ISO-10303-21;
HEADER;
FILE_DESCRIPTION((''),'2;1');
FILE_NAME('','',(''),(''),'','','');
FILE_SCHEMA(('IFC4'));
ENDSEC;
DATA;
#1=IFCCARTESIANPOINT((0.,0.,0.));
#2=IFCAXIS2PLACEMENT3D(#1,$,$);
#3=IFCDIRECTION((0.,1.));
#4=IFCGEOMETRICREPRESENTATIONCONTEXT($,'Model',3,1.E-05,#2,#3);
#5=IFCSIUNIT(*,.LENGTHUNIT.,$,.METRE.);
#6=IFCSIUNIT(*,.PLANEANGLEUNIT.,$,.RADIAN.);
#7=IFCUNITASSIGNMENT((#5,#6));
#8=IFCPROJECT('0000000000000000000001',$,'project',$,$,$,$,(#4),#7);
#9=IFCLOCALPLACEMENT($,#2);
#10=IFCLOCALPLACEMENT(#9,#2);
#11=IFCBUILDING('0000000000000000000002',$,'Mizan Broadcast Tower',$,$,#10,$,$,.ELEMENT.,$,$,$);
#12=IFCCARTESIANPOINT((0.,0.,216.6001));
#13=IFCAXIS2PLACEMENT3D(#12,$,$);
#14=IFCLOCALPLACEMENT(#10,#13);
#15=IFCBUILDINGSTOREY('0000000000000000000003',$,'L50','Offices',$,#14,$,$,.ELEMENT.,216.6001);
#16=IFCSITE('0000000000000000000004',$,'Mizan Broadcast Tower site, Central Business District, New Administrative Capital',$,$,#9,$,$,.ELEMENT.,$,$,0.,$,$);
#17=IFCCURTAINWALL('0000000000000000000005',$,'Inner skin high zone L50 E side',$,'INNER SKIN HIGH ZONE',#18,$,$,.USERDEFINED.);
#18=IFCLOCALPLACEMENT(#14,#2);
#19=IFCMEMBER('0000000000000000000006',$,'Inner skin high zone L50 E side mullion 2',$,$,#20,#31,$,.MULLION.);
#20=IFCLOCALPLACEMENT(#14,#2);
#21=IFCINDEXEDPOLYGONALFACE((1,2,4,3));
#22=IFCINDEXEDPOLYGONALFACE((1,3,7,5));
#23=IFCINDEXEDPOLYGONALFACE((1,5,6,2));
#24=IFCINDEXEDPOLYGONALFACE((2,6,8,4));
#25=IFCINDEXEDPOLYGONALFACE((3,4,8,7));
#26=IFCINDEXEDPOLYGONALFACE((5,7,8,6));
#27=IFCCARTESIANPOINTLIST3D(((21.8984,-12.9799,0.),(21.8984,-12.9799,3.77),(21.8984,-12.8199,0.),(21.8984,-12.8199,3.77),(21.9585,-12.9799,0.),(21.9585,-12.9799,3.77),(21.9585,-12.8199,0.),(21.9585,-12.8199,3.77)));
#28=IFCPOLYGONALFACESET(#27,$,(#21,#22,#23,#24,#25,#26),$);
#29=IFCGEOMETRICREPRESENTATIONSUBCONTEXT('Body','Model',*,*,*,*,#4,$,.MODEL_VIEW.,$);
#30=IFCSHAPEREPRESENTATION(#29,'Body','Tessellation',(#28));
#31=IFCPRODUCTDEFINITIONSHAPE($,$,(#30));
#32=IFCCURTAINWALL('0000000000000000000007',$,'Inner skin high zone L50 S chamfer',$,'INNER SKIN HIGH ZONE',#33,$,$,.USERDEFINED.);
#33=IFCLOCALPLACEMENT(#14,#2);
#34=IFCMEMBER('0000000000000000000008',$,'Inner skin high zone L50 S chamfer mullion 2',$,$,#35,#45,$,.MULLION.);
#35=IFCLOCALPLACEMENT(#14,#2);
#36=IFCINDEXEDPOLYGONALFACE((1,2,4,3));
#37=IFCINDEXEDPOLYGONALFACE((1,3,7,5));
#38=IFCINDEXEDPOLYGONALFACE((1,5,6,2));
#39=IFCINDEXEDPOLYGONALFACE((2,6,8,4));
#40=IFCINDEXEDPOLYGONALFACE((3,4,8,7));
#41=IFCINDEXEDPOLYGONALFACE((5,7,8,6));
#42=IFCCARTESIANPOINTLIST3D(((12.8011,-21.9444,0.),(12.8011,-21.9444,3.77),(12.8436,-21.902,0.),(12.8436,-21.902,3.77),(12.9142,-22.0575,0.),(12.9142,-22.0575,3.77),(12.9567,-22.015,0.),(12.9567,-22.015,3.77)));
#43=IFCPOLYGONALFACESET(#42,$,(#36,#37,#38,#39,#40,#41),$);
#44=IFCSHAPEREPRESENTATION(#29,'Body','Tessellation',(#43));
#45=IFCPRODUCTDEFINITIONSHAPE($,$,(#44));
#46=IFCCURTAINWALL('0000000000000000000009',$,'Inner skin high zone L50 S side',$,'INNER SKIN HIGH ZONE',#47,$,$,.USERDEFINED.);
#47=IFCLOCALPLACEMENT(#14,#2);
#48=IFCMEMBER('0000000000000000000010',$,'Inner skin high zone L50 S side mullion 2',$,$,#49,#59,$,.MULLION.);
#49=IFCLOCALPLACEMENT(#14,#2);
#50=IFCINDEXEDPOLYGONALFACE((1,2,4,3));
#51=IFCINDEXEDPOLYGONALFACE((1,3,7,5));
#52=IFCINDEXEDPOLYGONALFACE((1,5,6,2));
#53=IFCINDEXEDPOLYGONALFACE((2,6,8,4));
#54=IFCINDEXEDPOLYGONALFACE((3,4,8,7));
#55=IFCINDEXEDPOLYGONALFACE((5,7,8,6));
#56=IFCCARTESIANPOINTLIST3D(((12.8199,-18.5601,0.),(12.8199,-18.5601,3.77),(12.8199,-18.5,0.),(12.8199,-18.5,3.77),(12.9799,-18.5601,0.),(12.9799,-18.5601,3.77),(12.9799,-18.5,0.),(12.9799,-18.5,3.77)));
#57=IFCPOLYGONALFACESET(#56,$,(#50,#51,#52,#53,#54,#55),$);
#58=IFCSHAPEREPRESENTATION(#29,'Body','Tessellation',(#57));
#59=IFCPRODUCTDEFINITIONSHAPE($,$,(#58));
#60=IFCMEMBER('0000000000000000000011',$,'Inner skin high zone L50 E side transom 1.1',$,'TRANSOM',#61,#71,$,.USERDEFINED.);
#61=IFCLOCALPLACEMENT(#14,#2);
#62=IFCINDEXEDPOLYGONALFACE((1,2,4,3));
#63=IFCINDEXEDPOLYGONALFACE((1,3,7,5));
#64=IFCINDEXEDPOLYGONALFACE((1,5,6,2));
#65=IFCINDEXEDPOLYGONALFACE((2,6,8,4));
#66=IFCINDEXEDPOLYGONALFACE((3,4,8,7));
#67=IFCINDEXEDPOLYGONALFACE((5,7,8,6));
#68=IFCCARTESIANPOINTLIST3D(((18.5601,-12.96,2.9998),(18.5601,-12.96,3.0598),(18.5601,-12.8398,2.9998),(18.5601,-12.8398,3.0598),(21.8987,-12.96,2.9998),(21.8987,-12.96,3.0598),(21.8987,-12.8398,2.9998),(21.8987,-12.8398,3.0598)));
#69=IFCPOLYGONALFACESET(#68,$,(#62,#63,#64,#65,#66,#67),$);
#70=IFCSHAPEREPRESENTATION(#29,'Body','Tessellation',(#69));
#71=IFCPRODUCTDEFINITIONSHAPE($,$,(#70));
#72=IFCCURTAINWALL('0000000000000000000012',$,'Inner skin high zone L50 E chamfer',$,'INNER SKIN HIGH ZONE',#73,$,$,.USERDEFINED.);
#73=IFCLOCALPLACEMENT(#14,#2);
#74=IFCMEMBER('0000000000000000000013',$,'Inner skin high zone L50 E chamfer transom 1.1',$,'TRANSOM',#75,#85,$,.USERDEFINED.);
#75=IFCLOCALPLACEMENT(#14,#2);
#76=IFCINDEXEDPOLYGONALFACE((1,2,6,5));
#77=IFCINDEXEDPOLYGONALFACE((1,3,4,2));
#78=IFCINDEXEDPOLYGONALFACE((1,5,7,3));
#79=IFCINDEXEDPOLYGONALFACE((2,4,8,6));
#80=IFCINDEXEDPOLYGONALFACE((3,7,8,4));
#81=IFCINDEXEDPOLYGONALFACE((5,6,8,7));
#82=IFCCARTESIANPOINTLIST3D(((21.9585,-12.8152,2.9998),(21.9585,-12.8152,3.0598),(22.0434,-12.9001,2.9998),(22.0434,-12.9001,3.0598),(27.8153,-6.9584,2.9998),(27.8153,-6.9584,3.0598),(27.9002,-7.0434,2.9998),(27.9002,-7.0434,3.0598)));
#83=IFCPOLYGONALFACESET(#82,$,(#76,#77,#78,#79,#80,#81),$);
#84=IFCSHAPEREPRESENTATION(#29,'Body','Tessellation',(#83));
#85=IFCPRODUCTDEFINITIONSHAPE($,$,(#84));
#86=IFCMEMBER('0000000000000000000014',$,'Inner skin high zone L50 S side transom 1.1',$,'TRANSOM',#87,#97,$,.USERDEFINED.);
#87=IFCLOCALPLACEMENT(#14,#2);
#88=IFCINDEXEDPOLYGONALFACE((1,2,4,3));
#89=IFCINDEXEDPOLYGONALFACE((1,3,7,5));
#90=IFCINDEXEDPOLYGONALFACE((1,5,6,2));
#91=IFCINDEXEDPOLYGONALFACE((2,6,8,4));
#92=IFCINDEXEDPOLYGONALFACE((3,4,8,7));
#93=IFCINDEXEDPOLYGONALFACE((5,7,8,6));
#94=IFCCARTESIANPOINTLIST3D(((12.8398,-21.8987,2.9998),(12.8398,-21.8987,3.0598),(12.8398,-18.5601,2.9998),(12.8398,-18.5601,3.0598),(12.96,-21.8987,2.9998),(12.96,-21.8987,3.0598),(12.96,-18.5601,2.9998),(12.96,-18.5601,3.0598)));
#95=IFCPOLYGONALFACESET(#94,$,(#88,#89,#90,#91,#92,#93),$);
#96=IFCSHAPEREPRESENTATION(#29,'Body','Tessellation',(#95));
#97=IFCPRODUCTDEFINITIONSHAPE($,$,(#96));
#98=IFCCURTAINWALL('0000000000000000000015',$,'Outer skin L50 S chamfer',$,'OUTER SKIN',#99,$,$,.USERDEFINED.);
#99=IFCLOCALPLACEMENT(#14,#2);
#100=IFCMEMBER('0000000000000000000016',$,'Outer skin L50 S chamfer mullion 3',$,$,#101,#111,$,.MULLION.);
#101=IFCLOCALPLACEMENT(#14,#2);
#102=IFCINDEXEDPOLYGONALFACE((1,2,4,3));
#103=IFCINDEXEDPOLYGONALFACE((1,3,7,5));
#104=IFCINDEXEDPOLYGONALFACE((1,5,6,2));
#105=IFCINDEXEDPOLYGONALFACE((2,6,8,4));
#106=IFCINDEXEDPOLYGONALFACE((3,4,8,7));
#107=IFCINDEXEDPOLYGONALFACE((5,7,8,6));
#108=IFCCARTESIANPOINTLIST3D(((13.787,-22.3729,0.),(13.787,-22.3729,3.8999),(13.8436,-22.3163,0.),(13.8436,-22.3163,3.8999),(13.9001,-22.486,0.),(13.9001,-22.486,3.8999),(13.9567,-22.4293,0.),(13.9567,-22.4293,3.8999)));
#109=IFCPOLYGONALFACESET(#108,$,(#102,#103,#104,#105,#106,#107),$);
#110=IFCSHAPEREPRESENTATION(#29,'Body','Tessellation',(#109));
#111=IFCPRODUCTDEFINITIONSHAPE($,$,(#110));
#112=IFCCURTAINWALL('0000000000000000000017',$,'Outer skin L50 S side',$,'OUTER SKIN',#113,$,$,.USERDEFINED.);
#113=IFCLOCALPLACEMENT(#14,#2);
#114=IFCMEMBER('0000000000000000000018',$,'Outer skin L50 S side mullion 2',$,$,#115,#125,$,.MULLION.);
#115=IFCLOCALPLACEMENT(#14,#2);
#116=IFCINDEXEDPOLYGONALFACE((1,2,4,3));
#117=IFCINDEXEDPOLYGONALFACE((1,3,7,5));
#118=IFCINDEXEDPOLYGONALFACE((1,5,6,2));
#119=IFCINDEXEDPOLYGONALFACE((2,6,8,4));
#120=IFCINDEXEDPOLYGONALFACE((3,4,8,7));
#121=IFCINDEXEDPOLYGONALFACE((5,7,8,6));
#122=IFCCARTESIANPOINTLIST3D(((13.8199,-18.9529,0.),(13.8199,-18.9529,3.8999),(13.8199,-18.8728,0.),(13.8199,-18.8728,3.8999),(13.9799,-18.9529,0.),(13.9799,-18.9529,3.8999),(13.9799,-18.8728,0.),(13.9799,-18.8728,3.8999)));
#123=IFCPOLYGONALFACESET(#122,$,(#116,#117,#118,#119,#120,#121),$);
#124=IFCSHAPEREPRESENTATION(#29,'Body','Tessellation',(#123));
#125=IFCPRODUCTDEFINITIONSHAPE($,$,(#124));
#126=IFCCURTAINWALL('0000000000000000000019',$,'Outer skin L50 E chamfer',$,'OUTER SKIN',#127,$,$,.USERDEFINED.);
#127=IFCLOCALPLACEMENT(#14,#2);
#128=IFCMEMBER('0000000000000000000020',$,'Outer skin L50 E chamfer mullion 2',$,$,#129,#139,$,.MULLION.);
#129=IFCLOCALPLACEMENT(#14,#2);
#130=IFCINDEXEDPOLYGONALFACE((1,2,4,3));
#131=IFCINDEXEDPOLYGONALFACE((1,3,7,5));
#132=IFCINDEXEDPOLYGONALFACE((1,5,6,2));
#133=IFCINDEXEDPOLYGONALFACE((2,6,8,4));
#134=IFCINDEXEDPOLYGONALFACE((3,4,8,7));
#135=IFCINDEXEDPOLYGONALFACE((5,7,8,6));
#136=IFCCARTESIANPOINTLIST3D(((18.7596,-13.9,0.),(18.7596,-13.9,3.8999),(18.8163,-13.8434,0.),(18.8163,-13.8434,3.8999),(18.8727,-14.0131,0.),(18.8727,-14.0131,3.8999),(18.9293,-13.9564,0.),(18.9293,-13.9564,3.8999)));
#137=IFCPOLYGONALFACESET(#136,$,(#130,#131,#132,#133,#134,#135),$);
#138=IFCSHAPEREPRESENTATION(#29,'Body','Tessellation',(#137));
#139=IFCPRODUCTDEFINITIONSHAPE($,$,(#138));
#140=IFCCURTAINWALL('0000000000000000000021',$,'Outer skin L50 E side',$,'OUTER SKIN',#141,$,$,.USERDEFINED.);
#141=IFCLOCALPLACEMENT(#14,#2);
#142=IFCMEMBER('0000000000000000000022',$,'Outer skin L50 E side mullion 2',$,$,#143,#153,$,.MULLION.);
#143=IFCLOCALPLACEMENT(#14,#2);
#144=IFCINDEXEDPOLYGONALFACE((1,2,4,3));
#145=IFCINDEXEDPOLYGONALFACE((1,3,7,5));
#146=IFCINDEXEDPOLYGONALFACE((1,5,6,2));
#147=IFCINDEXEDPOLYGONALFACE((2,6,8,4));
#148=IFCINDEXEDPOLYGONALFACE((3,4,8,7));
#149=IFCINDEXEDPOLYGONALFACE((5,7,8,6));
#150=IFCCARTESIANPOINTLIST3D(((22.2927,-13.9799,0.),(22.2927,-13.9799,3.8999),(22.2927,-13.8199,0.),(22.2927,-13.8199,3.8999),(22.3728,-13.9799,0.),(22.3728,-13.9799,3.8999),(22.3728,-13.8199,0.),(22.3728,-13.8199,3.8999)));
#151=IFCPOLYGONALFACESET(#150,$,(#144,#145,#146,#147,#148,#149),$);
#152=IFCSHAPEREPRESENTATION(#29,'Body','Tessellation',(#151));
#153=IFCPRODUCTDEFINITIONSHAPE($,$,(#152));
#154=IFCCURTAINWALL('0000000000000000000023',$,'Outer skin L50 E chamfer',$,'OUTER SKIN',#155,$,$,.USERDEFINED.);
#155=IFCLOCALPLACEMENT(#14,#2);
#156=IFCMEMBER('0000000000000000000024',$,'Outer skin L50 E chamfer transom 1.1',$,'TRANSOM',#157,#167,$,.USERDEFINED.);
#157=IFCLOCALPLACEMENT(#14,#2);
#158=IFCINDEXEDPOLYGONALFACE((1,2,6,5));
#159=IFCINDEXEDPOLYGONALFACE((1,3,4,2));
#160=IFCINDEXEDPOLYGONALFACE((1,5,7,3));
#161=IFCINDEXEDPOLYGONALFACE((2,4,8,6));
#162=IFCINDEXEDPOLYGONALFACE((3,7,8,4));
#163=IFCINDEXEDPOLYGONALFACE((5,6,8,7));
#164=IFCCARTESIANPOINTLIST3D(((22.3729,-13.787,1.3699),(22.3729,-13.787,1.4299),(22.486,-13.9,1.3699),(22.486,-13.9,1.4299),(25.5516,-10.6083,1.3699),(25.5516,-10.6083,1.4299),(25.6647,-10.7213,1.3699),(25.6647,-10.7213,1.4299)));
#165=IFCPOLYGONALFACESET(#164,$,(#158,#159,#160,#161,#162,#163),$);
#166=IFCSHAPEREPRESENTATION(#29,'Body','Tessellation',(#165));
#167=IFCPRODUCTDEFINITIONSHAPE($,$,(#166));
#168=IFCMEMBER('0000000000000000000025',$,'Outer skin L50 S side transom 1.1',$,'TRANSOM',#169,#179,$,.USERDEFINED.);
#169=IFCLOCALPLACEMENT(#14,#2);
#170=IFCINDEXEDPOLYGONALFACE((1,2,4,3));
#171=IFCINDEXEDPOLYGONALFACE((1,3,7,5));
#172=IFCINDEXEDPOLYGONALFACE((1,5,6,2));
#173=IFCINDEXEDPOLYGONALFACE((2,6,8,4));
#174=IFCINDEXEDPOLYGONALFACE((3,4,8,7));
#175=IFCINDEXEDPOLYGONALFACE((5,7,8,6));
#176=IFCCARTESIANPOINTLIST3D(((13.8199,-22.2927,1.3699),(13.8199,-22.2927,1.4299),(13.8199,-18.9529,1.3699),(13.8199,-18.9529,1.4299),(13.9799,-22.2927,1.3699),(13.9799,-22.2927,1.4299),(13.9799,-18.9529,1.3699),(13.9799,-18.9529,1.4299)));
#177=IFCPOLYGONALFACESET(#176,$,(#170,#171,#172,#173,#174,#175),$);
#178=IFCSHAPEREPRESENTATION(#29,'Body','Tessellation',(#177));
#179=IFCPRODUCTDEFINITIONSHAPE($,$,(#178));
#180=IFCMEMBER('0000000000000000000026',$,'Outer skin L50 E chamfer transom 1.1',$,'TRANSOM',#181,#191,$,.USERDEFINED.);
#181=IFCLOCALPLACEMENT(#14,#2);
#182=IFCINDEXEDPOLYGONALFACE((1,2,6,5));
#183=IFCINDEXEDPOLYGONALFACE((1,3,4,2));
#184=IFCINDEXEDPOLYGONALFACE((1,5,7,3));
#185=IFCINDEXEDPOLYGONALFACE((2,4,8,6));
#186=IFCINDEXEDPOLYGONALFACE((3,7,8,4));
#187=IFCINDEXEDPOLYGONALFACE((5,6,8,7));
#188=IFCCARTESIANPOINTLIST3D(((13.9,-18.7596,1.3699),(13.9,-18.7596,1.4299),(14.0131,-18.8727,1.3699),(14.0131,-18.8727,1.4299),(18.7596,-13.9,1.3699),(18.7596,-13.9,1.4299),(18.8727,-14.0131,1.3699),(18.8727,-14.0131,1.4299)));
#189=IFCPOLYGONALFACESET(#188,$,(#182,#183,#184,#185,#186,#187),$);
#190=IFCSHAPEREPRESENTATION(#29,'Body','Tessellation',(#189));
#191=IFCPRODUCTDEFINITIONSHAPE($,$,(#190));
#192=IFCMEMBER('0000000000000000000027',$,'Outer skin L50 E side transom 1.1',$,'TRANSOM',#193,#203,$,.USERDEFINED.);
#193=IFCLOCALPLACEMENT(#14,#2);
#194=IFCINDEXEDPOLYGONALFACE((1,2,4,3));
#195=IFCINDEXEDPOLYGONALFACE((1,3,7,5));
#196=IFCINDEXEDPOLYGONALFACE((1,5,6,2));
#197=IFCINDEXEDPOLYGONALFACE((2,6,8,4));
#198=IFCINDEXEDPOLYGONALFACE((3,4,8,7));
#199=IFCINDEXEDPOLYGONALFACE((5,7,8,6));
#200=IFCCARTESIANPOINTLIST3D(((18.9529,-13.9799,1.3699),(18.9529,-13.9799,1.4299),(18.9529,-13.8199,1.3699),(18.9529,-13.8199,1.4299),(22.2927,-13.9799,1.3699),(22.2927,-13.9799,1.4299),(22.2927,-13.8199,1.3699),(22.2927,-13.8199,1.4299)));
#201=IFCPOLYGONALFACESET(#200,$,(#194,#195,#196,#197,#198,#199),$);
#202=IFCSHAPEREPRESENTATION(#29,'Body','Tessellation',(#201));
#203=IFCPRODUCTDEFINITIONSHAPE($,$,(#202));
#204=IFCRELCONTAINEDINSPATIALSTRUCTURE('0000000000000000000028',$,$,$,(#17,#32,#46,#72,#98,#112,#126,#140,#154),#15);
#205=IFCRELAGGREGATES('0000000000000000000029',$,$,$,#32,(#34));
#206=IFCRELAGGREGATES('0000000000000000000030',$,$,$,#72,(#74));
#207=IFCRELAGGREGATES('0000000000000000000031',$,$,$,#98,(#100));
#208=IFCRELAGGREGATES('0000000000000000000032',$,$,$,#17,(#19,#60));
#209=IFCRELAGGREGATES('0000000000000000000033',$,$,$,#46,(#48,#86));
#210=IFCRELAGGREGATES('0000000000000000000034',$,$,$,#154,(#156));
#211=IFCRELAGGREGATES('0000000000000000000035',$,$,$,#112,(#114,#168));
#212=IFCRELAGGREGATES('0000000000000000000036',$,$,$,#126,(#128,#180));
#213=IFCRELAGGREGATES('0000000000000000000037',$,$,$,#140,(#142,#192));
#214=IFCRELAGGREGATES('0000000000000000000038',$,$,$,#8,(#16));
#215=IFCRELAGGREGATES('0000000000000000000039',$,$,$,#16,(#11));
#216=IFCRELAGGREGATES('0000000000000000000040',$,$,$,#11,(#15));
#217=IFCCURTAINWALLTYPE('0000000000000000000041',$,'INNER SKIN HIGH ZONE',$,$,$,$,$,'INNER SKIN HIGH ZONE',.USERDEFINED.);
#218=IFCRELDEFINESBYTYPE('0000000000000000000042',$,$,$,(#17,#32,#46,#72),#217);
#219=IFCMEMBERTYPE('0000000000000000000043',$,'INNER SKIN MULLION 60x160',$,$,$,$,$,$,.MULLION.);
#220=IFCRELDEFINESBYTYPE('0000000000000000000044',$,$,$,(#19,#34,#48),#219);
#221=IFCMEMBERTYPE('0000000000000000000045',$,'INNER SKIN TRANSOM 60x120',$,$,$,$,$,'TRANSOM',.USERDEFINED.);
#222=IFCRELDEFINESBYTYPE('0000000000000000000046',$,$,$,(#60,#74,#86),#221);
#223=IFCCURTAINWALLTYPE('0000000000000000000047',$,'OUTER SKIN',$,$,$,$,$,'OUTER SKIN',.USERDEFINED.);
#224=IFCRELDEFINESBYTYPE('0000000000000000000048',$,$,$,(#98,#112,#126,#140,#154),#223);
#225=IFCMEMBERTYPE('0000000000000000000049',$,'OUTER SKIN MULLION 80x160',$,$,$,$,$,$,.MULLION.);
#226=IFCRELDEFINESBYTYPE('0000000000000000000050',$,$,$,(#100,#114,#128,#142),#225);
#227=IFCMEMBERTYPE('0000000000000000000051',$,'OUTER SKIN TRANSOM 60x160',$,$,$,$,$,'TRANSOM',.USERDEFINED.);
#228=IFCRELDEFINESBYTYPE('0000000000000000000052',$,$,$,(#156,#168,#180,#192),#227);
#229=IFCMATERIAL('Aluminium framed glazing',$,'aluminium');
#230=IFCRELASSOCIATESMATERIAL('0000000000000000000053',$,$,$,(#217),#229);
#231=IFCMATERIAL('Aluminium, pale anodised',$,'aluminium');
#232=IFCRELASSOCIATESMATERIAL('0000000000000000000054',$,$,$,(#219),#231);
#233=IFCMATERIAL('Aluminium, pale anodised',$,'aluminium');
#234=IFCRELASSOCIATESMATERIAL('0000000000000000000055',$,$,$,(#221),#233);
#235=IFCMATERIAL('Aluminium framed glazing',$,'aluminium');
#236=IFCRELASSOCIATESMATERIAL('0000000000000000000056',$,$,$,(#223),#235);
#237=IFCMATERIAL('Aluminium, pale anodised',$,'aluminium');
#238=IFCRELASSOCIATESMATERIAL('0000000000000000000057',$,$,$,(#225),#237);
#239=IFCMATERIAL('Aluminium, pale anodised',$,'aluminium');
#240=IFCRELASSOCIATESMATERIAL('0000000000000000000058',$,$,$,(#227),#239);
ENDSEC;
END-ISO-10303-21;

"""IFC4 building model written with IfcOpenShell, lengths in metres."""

from ifc_helpers import new_model, si_unit, direction, frame, origin, origin_2d, place, context, subcontext, project, spatial, rectangle, extrude, material, material_profile, profile_set, type_object, element, aggregate, save


model = new_model("IFC4")

# Units and contexts
model_context = context("Model", 3, precision=1e-05, world=origin(), true_north=direction((0.0, 1.0)))
body_context = subcontext(model_context, "Body", "Model", "MODEL_VIEW")
ifc_project = project(units=[si_unit("LENGTHUNIT", "METRE"), si_unit("PLANEANGLEUNIT", "RADIAN")], contexts=[model_context])

# Site, building, storey
site_placement = place(None, origin())
site = spatial("IfcSite", under=ifc_project, at=site_placement, Name="Mizan Broadcast Tower site, Central Business District, New Administrative Capital", CompositionType="ELEMENT", RefElevation=0.0)
building_placement = place(site_placement, origin())
building = spatial("IfcBuilding", under=site, at=building_placement, Name="Mizan Broadcast Tower", CompositionType="ELEMENT")
storey_placement = place(building_placement, frame((0.0, 0.0, 216.6001)))
storey = spatial("IfcBuildingStorey", under=building, at=storey_placement, Name="L50", Description="Offices", CompositionType="ELEMENT", Elevation=216.6001)

# Curtain walls, members
ifc_material_1 = material(Name="Aluminium framed glazing", Category="aluminium")
curtain_wall_type_1 = type_object("IfcCurtainWallType", Name="INNER SKIN HIGH ZONE", ElementType="INNER SKIN HIGH ZONE", PredefinedType="USERDEFINED", material=ifc_material_1)
curtain_wall_1_placement = place(storey_placement, origin())
curtain_wall_1 = element("IfcCurtainWall", 1, at=curtain_wall_1_placement, inside=storey, type_object=curtain_wall_type_1, Name="Inner skin high zone L50 E side", ObjectType="INNER SKIN HIGH ZONE", PredefinedType="USERDEFINED")
ifc_material_2 = material(Name="Aluminium, pale anodised", Category="aluminium")
ifc_material_profile_1 = material_profile(ifc_material_2, rectangle(XDim=0.1599, YDim=0.0601, at=origin_2d()), Name="MULLION 160x60")
ifc_profile_set_1 = profile_set([ifc_material_profile_1], Name="Aluminium, pale anodised")
member_type_1 = type_object("IfcMemberType", Name="INNER SKIN MULLION 60x160", PredefinedType="MULLION", material=ifc_profile_set_1)
member_1_placement = place(storey_placement, frame((21.9285, -12.8999, 0.0), z_axis=(0.0, 0.0, 1.0), x_axis=(0.0, 1.0, 0.0)))
member_1 = element("IfcMember", 2, at=member_1_placement, type_object=member_type_1, Name="Inner skin high zone L50 E side mullion 2", PredefinedType="MULLION", context=body_context, shape_type="SweptSolid", body=[
    extrude(rectangle(XDim=0.1599, YDim=0.0601, at=origin_2d()), origin(), (0.0, 0.0, 1.0), 3.77),
])
curtain_wall_2_placement = place(storey_placement, origin())
curtain_wall_2 = element("IfcCurtainWall", 3, at=curtain_wall_2_placement, inside=storey, type_object=curtain_wall_type_1, Name="Inner skin high zone L50 S chamfer", ObjectType="INNER SKIN HIGH ZONE", PredefinedType="USERDEFINED")
member_2_placement = place(storey_placement, frame((12.8789, -21.9797, 0.0), z_axis=(0.0, 0.0, 1.0), x_axis=(-0.707107, 0.707107, 0.0)))
member_2 = element("IfcMember", 4, at=member_2_placement, type_object=member_type_1, Name="Inner skin high zone L50 S chamfer mullion 2", PredefinedType="MULLION", context=body_context, shape_type="SweptSolid", body=[
    extrude(rectangle(XDim=0.1599, YDim=0.0601, at=origin_2d()), origin(), (0.0, 0.0, 1.0), 3.77),
])
aggregate(curtain_wall_2, [member_2])
curtain_wall_3_placement = place(storey_placement, origin())
curtain_wall_3 = element("IfcCurtainWall", 5, at=curtain_wall_3_placement, inside=storey, type_object=curtain_wall_type_1, Name="Inner skin high zone L50 S side", ObjectType="INNER SKIN HIGH ZONE", PredefinedType="USERDEFINED")
member_3_placement = place(storey_placement, frame((12.8999, -18.53, 0.0), z_axis=(0.0, 0.0, 1.0), x_axis=(-1.0, 0.0, 0.0)))
member_3 = element("IfcMember", 6, at=member_3_placement, type_object=member_type_1, Name="Inner skin high zone L50 S side mullion 2", PredefinedType="MULLION", context=body_context, shape_type="SweptSolid", body=[
    extrude(rectangle(XDim=0.1599, YDim=0.0601, at=origin_2d()), origin(), (0.0, 0.0, 1.0), 3.77),
])

# Member
ifc_material_3 = material(Name="Aluminium, pale anodised", Category="aluminium")
ifc_material_profile_2 = material_profile(ifc_material_3, rectangle(XDim=0.1201, YDim=0.0601, at=origin_2d()), Name="TRANSOM 120x60")
ifc_profile_set_2 = profile_set([ifc_material_profile_2], Name="Aluminium, pale anodised")
member_type_2 = type_object("IfcMemberType", Name="INNER SKIN TRANSOM 60x120", ElementType="TRANSOM", PredefinedType="USERDEFINED", material=ifc_profile_set_2)
member_4_placement = place(storey_placement, frame((18.5601, -12.8999, 3.0298), z_axis=(1.0, 0.0, 0.0), x_axis=(0.0, 1.0, 0.0)))
member_4 = element("IfcMember", 7, at=member_4_placement, type_object=member_type_2, Name="Inner skin high zone L50 E side transom 1.1", ObjectType="TRANSOM", PredefinedType="USERDEFINED", context=body_context, shape_type="SweptSolid", body=[
    extrude(rectangle(XDim=0.1201, YDim=0.0601, at=origin_2d()), origin(), (0.0, 0.0, 1.0), 3.3386),
])

# Curtain wall, member
curtain_wall_4_placement = place(storey_placement, origin())
curtain_wall_4 = element("IfcCurtainWall", 8, at=curtain_wall_4_placement, inside=storey, type_object=curtain_wall_type_1, Name="Inner skin high zone L50 E chamfer", ObjectType="INNER SKIN HIGH ZONE", PredefinedType="USERDEFINED")
member_5_placement = place(storey_placement, frame((22.001, -12.8577, 3.0298), z_axis=(0.707107, 0.707107, 0.0), x_axis=(-0.707107, 0.707107, 0.0)))
member_5 = element("IfcMember", 9, at=member_5_placement, type_object=member_type_2, Name="Inner skin high zone L50 E chamfer transom 1.1", ObjectType="TRANSOM", PredefinedType="USERDEFINED", context=body_context, shape_type="SweptSolid", body=[
    extrude(rectangle(XDim=0.1201, YDim=0.0601, at=origin_2d()), origin(), (0.0, 0.0, 1.0), 8.2827),
])
aggregate(curtain_wall_4, [member_5])

# Member
member_6_placement = place(storey_placement, frame((12.8999, -21.8987, 3.0298), z_axis=(0.0, 1.0, 0.0), x_axis=(-1.0, 0.0, 0.0)))
member_6 = element("IfcMember", 10, at=member_6_placement, type_object=member_type_2, Name="Inner skin high zone L50 S side transom 1.1", ObjectType="TRANSOM", PredefinedType="USERDEFINED", context=body_context, shape_type="SweptSolid", body=[
    extrude(rectangle(XDim=0.1201, YDim=0.0601, at=origin_2d()), origin(), (0.0, 0.0, 1.0), 3.3386),
])

# Curtain walls, members
ifc_material_4 = material(Name="Aluminium framed glazing", Category="aluminium")
curtain_wall_type_2 = type_object("IfcCurtainWallType", Name="OUTER SKIN", ElementType="OUTER SKIN", PredefinedType="USERDEFINED", material=ifc_material_4)
curtain_wall_5_placement = place(storey_placement, origin())
curtain_wall_5 = element("IfcCurtainWall", 11, at=curtain_wall_5_placement, inside=storey, type_object=curtain_wall_type_2, Name="Outer skin L50 S chamfer", ObjectType="OUTER SKIN", PredefinedType="USERDEFINED")
ifc_material_5 = material(Name="Aluminium, pale anodised", Category="aluminium")
ifc_material_profile_3 = material_profile(ifc_material_5, rectangle(XDim=0.1599, YDim=0.0801, at=origin_2d()), Name="MULLION 160x80")
ifc_profile_set_3 = profile_set([ifc_material_profile_3], Name="Aluminium, pale anodised")
member_type_3 = type_object("IfcMemberType", Name="OUTER SKIN MULLION 80x160", PredefinedType="MULLION", material=ifc_profile_set_3)
member_7_placement = place(storey_placement, frame((13.8718, -22.4011, 0.0), z_axis=(0.0, 0.0, 1.0), x_axis=(-0.707107, 0.707107, 0.0)))
member_7 = element("IfcMember", 12, at=member_7_placement, type_object=member_type_3, Name="Outer skin L50 S chamfer mullion 3", PredefinedType="MULLION", context=body_context, shape_type="SweptSolid", body=[
    extrude(rectangle(XDim=0.1599, YDim=0.0801, at=origin_2d()), origin(), (0.0, 0.0, 1.0), 3.8999),
])
aggregate(curtain_wall_5, [member_7])
curtain_wall_6_placement = place(storey_placement, origin())
curtain_wall_6 = element("IfcCurtainWall", 13, at=curtain_wall_6_placement, inside=storey, type_object=curtain_wall_type_2, Name="Outer skin L50 S side", ObjectType="OUTER SKIN", PredefinedType="USERDEFINED")
member_8_placement = place(storey_placement, frame((13.8999, -18.9128, 0.0), z_axis=(0.0, 0.0, 1.0), x_axis=(-1.0, 0.0, 0.0)))
member_8 = element("IfcMember", 14, at=member_8_placement, type_object=member_type_3, Name="Outer skin L50 S side mullion 2", PredefinedType="MULLION", context=body_context, shape_type="SweptSolid", body=[
    extrude(rectangle(XDim=0.1599, YDim=0.0801, at=origin_2d()), origin(), (0.0, 0.0, 1.0), 3.8999),
])
curtain_wall_7_placement = place(storey_placement, origin())
curtain_wall_7 = element("IfcCurtainWall", 15, at=curtain_wall_7_placement, inside=storey, type_object=curtain_wall_type_2, Name="Outer skin L50 E chamfer", ObjectType="OUTER SKIN", PredefinedType="USERDEFINED")
member_9_placement = place(storey_placement, frame((18.8445, -13.9282, 0.0), z_axis=(0.0, 0.0, 1.0), x_axis=(-0.707107, 0.707107, 0.0)))
member_9 = element("IfcMember", 16, at=member_9_placement, type_object=member_type_3, Name="Outer skin L50 E chamfer mullion 2", PredefinedType="MULLION", context=body_context, shape_type="SweptSolid", body=[
    extrude(rectangle(XDim=0.1599, YDim=0.0801, at=origin_2d()), origin(), (0.0, 0.0, 1.0), 3.8999),
])
curtain_wall_8_placement = place(storey_placement, origin())
curtain_wall_8 = element("IfcCurtainWall", 17, at=curtain_wall_8_placement, inside=storey, type_object=curtain_wall_type_2, Name="Outer skin L50 E side", ObjectType="OUTER SKIN", PredefinedType="USERDEFINED")
member_10_placement = place(storey_placement, frame((22.3328, -13.8999, 0.0), z_axis=(0.0, 0.0, 1.0), x_axis=(0.0, 1.0, 0.0)))
member_10 = element("IfcMember", 18, at=member_10_placement, type_object=member_type_3, Name="Outer skin L50 E side mullion 2", PredefinedType="MULLION", context=body_context, shape_type="SweptSolid", body=[
    extrude(rectangle(XDim=0.1599, YDim=0.0801, at=origin_2d()), origin(), (0.0, 0.0, 1.0), 3.8999),
])
curtain_wall_9_placement = place(storey_placement, origin())
curtain_wall_9 = element("IfcCurtainWall", 19, at=curtain_wall_9_placement, inside=storey, type_object=curtain_wall_type_2, Name="Outer skin L50 E chamfer", ObjectType="OUTER SKIN", PredefinedType="USERDEFINED")
ifc_material_6 = material(Name="Aluminium, pale anodised", Category="aluminium")
ifc_material_profile_4 = material_profile(ifc_material_6, rectangle(XDim=0.1599, YDim=0.0601, at=origin_2d()), Name="TRANSOM 160x60")
ifc_profile_set_4 = profile_set([ifc_material_profile_4], Name="Aluminium, pale anodised")
member_type_4 = type_object("IfcMemberType", Name="OUTER SKIN TRANSOM 60x160", ElementType="TRANSOM", PredefinedType="USERDEFINED", material=ifc_profile_set_4)
member_11_placement = place(storey_placement, frame((22.4294, -13.8435, 1.3999), z_axis=(0.707107, 0.707107, 0.0), x_axis=(-0.707107, 0.707107, 0.0)))
member_11 = element("IfcMember", 20, at=member_11_placement, type_object=member_type_4, Name="Outer skin L50 E chamfer transom 1.1", ObjectType="TRANSOM", PredefinedType="USERDEFINED", context=body_context, shape_type="SweptSolid", body=[
    extrude(rectangle(XDim=0.1599, YDim=0.0601, at=origin_2d()), origin(), (0.0, 0.0, 1.0), 4.4954),
])

# Members
member_12_placement = place(storey_placement, frame((13.8999, -22.2927, 1.3999), z_axis=(0.0, 1.0, 0.0), x_axis=(-1.0, 0.0, 0.0)))
member_12 = element("IfcMember", 21, at=member_12_placement, type_object=member_type_4, Name="Outer skin L50 S side transom 1.1", ObjectType="TRANSOM", PredefinedType="USERDEFINED", context=body_context, shape_type="SweptSolid", body=[
    extrude(rectangle(XDim=0.1599, YDim=0.0601, at=origin_2d()), origin(), (0.0, 0.0, 1.0), 3.3398),
])
member_13_placement = place(storey_placement, frame((13.9565, -18.8162, 1.3999), z_axis=(0.707107, 0.707107, 0.0), x_axis=(-0.707107, 0.707107, 0.0)))
member_13 = element("IfcMember", 22, at=member_13_placement, type_object=member_type_4, Name="Outer skin L50 E chamfer transom 1.1", ObjectType="TRANSOM", PredefinedType="USERDEFINED", context=body_context, shape_type="SweptSolid", body=[
    extrude(rectangle(XDim=0.1599, YDim=0.0601, at=origin_2d()), origin(), (0.0, 0.0, 1.0), 6.8726),
])
member_14_placement = place(storey_placement, frame((18.9529, -13.8999, 1.3999), z_axis=(1.0, 0.0, 0.0), x_axis=(0.0, 1.0, 0.0)))
member_14 = element("IfcMember", 23, at=member_14_placement, type_object=member_type_4, Name="Outer skin L50 E side transom 1.1", ObjectType="TRANSOM", PredefinedType="USERDEFINED", context=body_context, shape_type="SweptSolid", body=[
    extrude(rectangle(XDim=0.1599, YDim=0.0601, at=origin_2d()), origin(), (0.0, 0.0, 1.0), 3.3398),
])

aggregate(curtain_wall_1, [member_1, member_4])
aggregate(curtain_wall_3, [member_3, member_6])
aggregate(curtain_wall_9, [member_11])
aggregate(curtain_wall_6, [member_8, member_12])
aggregate(curtain_wall_7, [member_9, member_13])
aggregate(curtain_wall_8, [member_10, member_14])

save(model, "model.ifc")
